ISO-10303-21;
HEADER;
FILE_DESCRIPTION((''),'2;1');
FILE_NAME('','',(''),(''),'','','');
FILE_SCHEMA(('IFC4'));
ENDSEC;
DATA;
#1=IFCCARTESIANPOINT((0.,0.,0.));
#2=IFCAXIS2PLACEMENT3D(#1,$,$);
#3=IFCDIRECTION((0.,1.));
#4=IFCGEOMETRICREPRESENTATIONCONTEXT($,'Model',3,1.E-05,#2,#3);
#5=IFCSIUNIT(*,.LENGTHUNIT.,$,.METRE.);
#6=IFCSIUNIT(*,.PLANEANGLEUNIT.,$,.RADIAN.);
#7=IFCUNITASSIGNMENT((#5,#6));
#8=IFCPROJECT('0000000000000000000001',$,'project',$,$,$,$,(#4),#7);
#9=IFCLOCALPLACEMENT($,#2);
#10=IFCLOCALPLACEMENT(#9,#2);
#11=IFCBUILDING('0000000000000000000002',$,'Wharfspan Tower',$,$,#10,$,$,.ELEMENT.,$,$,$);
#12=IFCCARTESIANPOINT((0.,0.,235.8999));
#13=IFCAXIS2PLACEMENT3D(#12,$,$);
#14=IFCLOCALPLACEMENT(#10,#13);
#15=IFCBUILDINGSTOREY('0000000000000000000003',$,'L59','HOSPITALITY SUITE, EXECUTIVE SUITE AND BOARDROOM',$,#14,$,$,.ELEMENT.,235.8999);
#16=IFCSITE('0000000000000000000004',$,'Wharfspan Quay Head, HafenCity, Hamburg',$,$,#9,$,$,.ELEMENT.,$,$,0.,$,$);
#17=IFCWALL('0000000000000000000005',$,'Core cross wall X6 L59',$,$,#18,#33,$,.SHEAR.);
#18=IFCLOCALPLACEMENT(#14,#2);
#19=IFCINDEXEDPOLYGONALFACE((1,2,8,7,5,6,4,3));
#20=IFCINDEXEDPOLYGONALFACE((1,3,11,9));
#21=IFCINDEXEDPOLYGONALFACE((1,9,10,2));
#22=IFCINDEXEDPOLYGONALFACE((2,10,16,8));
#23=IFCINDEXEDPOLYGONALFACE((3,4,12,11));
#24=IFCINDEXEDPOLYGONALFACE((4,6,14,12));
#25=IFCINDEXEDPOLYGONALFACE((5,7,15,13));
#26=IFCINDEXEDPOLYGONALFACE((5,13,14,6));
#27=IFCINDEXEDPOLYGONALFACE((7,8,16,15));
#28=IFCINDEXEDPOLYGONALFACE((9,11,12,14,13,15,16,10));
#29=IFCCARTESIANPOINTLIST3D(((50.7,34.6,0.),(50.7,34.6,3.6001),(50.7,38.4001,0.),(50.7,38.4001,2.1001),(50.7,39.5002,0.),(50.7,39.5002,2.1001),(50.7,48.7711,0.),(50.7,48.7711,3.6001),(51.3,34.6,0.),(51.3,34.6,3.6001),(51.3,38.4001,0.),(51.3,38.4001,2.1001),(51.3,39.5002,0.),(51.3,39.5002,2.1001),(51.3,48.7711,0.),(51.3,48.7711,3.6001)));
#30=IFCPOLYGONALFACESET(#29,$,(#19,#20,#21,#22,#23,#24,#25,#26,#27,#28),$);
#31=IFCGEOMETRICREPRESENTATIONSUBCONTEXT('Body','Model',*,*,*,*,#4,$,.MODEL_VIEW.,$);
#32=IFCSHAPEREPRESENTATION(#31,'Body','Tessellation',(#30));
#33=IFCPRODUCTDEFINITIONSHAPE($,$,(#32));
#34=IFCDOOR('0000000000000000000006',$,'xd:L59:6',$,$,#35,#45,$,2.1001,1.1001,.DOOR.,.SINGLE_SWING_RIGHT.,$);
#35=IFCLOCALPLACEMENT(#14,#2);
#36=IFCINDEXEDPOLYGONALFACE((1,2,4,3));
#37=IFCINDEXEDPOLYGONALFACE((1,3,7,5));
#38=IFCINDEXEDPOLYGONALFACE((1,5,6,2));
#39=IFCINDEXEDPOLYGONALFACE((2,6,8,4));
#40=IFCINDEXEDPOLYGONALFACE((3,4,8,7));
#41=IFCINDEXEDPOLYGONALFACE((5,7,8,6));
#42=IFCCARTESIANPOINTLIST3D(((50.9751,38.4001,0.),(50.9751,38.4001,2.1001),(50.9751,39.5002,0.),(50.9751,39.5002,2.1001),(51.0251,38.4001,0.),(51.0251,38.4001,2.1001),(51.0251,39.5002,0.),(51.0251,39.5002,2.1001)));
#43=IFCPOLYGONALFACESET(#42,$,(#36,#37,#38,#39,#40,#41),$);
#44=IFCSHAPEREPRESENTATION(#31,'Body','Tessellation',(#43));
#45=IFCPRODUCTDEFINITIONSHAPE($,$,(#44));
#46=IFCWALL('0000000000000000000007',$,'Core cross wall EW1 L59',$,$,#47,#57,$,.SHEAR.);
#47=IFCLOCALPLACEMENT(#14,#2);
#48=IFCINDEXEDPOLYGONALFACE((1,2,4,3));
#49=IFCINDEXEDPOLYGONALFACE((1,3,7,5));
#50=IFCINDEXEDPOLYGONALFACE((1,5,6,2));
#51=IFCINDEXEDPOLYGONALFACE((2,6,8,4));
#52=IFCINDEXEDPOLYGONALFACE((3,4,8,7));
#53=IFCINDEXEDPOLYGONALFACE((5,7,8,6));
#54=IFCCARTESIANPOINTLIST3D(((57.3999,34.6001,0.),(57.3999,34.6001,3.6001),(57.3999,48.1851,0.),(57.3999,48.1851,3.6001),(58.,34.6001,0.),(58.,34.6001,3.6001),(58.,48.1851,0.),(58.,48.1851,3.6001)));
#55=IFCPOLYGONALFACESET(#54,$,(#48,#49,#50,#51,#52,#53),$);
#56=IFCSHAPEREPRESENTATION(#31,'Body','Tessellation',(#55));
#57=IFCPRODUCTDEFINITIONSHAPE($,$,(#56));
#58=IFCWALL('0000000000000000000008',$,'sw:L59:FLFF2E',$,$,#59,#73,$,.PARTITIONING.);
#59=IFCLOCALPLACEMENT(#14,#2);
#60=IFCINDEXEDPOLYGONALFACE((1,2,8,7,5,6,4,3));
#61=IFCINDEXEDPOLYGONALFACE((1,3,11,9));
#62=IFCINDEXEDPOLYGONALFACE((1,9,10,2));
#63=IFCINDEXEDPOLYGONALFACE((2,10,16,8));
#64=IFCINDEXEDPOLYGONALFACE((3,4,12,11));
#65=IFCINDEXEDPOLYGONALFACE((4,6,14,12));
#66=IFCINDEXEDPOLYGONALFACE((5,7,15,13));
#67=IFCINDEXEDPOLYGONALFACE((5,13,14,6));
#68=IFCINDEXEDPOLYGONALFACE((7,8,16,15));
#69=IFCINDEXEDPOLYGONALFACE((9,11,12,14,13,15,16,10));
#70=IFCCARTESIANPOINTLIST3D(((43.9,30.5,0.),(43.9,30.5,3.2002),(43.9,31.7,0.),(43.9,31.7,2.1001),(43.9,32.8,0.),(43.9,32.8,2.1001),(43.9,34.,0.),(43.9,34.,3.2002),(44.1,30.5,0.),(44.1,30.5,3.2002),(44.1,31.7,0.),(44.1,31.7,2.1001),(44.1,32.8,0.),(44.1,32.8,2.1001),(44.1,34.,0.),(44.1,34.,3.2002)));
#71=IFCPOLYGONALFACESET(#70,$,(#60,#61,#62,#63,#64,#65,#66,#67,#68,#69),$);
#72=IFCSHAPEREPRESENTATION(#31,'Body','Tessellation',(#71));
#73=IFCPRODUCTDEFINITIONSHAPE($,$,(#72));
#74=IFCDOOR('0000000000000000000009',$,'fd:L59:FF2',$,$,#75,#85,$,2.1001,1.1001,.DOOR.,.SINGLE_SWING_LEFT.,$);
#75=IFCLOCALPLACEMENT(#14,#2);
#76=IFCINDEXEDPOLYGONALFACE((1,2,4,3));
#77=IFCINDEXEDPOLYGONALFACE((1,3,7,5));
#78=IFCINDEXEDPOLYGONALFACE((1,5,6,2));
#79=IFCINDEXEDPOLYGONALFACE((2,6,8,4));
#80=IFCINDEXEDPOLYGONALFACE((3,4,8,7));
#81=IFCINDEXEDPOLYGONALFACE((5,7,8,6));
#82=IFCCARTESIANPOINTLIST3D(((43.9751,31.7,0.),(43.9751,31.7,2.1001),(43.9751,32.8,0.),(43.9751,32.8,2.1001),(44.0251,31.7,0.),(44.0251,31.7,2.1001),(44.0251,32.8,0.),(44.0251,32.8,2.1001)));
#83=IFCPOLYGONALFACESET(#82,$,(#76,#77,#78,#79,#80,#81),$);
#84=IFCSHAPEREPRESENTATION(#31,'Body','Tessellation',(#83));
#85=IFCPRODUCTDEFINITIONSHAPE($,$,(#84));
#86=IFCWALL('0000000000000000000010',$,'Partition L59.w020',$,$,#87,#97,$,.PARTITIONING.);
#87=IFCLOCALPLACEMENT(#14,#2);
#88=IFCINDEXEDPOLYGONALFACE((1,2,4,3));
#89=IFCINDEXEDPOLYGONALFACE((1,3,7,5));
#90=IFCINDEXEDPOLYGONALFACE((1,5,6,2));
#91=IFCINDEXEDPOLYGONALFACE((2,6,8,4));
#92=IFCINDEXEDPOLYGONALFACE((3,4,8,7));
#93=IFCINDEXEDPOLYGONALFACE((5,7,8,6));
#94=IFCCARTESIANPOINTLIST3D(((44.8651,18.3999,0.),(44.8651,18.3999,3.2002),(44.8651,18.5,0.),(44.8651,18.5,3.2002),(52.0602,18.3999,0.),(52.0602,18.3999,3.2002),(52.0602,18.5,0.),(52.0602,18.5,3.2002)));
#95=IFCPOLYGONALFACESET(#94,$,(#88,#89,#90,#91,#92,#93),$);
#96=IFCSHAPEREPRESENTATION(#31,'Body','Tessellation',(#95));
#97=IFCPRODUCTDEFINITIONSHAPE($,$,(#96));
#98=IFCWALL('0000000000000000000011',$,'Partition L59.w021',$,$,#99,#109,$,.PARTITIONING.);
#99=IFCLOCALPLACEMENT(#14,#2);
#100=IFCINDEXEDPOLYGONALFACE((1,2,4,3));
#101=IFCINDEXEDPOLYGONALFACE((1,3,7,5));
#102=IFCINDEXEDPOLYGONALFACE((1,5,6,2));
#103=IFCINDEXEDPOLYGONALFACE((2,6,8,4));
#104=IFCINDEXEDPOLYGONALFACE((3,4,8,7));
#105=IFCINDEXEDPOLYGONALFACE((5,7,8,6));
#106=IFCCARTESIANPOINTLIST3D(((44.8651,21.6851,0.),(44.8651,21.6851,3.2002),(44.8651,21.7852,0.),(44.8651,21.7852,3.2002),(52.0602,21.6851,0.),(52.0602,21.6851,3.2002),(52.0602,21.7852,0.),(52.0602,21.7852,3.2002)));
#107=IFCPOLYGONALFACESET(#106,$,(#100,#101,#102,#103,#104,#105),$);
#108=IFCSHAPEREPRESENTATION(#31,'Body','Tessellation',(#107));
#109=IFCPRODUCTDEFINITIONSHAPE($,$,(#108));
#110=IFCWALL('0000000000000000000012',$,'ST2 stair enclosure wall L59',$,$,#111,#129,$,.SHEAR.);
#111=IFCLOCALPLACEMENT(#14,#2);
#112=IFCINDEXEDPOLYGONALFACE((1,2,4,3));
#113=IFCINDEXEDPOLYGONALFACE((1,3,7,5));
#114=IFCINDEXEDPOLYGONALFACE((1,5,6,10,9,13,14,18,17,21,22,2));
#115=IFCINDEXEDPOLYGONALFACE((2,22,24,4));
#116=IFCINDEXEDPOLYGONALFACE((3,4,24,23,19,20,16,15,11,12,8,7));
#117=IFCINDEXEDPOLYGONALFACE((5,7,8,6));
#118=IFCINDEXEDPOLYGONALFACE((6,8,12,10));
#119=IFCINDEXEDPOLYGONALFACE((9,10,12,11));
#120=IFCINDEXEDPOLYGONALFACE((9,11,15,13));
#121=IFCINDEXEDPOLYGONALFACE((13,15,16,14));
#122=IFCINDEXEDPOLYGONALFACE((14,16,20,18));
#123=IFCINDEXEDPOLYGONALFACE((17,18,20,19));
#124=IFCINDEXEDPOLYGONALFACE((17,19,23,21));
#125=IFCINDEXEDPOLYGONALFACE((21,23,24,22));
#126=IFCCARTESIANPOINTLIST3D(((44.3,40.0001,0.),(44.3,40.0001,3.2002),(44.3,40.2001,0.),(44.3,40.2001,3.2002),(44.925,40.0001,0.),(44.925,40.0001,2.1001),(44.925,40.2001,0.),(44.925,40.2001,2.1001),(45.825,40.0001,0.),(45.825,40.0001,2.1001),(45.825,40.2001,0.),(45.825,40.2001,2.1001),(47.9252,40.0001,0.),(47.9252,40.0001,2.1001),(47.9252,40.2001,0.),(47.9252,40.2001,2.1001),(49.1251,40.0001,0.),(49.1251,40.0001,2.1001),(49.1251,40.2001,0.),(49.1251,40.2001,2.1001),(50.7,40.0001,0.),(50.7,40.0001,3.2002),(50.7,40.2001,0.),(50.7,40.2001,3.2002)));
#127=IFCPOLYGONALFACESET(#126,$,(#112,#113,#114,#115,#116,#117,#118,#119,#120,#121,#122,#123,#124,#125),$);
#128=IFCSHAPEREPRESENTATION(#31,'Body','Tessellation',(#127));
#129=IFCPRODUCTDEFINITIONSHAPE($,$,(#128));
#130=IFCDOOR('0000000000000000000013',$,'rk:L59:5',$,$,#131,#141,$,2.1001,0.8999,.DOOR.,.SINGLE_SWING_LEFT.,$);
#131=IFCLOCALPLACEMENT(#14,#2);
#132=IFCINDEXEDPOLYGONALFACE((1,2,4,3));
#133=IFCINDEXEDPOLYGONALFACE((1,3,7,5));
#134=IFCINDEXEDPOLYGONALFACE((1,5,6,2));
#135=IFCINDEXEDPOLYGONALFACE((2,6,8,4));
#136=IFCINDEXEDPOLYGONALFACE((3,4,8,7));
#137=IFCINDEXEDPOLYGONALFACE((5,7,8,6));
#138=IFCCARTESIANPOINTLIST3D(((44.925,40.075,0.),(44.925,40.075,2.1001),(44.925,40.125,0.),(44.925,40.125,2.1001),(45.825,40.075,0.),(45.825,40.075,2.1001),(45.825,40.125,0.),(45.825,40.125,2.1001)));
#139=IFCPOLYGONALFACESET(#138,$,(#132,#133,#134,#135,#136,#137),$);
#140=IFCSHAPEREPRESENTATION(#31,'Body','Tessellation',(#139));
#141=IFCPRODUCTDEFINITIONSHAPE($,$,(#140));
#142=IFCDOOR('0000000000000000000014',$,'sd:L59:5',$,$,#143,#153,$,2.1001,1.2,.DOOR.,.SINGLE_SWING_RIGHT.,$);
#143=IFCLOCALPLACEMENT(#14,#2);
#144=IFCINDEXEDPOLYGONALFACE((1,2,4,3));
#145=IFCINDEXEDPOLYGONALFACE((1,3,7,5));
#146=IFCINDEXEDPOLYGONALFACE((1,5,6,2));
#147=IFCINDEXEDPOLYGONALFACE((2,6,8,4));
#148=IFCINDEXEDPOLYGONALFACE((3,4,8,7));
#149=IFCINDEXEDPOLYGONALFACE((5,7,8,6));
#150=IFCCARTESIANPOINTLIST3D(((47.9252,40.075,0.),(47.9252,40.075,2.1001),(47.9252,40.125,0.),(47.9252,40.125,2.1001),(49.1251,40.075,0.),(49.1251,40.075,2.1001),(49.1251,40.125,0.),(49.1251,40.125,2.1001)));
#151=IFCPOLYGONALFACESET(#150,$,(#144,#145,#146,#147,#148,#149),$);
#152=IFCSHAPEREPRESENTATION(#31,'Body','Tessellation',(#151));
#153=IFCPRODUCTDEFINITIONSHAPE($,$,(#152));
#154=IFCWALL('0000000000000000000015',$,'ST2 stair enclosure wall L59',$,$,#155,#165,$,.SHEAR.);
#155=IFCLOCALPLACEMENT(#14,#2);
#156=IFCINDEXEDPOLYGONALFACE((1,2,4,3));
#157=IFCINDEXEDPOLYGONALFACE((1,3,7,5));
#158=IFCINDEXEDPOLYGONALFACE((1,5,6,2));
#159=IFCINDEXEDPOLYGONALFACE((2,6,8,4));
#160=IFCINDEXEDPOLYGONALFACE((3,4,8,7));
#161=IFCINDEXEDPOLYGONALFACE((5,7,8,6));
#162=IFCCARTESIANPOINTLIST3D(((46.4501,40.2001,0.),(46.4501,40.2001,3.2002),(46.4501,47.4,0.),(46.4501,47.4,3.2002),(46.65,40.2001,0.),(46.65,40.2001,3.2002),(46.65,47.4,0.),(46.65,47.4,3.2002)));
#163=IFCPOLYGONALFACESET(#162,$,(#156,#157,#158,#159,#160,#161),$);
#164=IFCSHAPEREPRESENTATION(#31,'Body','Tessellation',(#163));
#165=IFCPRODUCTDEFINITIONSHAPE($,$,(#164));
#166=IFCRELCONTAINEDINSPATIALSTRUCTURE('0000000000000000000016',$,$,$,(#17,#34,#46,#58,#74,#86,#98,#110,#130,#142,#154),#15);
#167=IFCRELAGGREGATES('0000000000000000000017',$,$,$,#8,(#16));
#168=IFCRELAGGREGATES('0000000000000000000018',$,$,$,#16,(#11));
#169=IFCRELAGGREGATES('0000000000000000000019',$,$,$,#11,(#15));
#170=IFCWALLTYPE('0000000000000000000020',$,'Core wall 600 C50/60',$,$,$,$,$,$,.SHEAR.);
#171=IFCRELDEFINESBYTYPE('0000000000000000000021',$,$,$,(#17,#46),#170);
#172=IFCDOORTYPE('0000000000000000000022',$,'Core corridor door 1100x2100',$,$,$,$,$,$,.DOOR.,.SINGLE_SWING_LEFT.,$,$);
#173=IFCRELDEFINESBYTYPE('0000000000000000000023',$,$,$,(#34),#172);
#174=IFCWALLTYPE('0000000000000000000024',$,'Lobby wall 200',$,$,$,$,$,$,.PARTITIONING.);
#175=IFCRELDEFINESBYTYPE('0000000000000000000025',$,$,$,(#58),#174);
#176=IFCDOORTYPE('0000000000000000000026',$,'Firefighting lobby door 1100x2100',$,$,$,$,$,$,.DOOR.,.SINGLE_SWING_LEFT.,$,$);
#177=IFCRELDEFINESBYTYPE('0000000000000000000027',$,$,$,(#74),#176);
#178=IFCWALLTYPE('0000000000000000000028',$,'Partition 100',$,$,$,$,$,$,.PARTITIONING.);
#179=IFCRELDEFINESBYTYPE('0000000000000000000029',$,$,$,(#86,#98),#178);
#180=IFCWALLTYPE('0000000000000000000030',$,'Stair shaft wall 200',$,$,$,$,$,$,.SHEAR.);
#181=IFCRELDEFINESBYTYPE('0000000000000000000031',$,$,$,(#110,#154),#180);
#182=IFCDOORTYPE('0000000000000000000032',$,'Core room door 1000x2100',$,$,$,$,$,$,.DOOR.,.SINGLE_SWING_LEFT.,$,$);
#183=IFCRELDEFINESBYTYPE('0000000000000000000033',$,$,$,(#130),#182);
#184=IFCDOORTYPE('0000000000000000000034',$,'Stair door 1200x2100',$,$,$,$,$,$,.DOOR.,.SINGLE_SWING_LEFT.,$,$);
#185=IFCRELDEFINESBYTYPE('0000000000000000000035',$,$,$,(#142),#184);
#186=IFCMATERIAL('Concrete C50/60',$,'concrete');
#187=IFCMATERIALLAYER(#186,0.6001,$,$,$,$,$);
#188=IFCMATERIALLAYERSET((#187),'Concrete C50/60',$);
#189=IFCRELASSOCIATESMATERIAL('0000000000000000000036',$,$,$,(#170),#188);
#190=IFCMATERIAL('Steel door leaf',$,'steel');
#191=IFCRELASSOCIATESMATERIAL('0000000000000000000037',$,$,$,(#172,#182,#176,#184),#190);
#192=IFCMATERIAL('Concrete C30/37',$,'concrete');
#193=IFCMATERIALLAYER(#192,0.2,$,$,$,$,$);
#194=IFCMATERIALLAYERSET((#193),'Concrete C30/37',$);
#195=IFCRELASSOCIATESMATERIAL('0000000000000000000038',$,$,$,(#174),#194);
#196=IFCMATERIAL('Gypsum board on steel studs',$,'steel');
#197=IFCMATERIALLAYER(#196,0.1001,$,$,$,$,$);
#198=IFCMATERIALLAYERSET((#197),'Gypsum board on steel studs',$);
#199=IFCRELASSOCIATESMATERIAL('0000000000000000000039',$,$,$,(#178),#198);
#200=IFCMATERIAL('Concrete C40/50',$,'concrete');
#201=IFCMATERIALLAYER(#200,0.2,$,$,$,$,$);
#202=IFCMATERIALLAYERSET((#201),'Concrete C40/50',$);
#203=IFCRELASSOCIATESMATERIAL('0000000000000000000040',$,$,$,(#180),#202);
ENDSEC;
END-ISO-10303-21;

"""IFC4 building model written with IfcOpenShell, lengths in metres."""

from ifc_helpers import new_model, si_unit, direction, frame, frame_2d, origin, place, context, subcontext, project, spatial, rectangle, extrude, material, layer, layer_set, type_object, element, fill, save


model = new_model("IFC4")

# Units and contexts
model_context = context("Model", 3, precision=1e-05, world=origin(), true_north=direction((0.0, 1.0)))
body_context = subcontext(model_context, "Body", "Model", "MODEL_VIEW")
ifc_project = project(units=[si_unit("LENGTHUNIT", "METRE"), si_unit("PLANEANGLEUNIT", "RADIAN")], contexts=[model_context])

# Site, building, storey
site_placement = place(None, origin())
site = spatial("IfcSite", under=ifc_project, at=site_placement, Name="Wharfspan Quay Head, HafenCity, Hamburg", CompositionType="ELEMENT", RefElevation=0.0)
building_placement = place(site_placement, origin())
building = spatial("IfcBuilding", under=site, at=building_placement, Name="Wharfspan Tower", CompositionType="ELEMENT")
storey_placement = place(building_placement, frame((0.0, 0.0, 235.8999)))
storey = spatial("IfcBuildingStorey", under=building, at=storey_placement, Name="L59", Description="HOSPITALITY SUITE, EXECUTIVE SUITE AND BOARDROOM", CompositionType="ELEMENT", Elevation=235.8999)

# Shared definitions
ifc_material_1 = material(Name="Gypsum board on steel studs", Category="steel")

# Shared definitions
ifc_material_2 = material(Name="Concrete C50/60", Category="concrete")
ifc_layer_1 = layer(ifc_material_2, 0.6001)
ifc_layer_set_1 = layer_set([ifc_layer_1], Name="Concrete C50/60")
wall_type_1 = type_object("IfcWallType", Name="Core wall 600 C50/60", PredefinedType="SHEAR", material=ifc_layer_set_1)
ifc_material_3 = material(Name="Steel door leaf", Category="steel")
door_type_1 = type_object("IfcDoorType", Name="Core corridor door 1100x2100", OperationType="SINGLE_SWING_LEFT", PredefinedType="DOOR", material=ifc_material_3)
door_type_2 = type_object("IfcDoorType", Name="Core room door 1000x2100", OperationType="SINGLE_SWING_LEFT", PredefinedType="DOOR", material=ifc_material_3)

# Wall, opening, door
wall_1_placement = place(storey_placement, frame((51.0, 34.6001, 0.0), z_axis=(0.0, 0.0, 1.0), x_axis=(0.0, 1.0, 0.0)))
wall_1 = element("IfcWall", 1, at=wall_1_placement, inside=storey, type_object=wall_type_1, Name="Core cross wall X6 L59", PredefinedType="SHEAR", context=body_context, shape_type="SweptSolid", body=[
    extrude(rectangle(XDim=14.1711, YDim=0.6001, at=frame_2d((7.0854, 0.0))), origin(), (0.0, 0.0, 1.0), 3.6001),
])
opening_1_placement = place(wall_1_placement, frame((3.8, 0.0, 0.0)))
opening_1 = element("IfcOpeningElement", 2, at=opening_1_placement, cuts=wall_1, PredefinedType="OPENING", context=body_context, shape_type="SweptSolid", body=[
    extrude(rectangle(XDim=1.1001, YDim=2.1001, at=frame_2d((0.55, 1.05))), frame((0.0, 0.3101, 0.0), z_axis=(0.0, -1.0, 0.0), x_axis=(1.0, 0.0, 0.0)), (0.0, 0.0, 1.0), 0.6201),
])
door_1_placement = place(opening_1_placement, origin())
door_1 = element("IfcDoor", 3, at=door_1_placement, inside=storey, type_object=door_type_1, Name="xd:L59:6", OperationType="SINGLE_SWING_RIGHT", OverallHeight=2.1001, OverallWidth=1.1001, PredefinedType="DOOR", context=body_context, shape_type="SweptSolid", body=[
    extrude(rectangle(XDim=1.1001, YDim=2.1001, at=frame_2d((0.55, 1.05))), frame((0.0, 0.0249, 0.0), z_axis=(0.0, -1.0, 0.0), x_axis=(1.0, 0.0, 0.0)), (0.0, 0.0, 1.0), 0.05),
])
fill(opening_1, door_1)

# Wall
wall_2_placement = place(storey_placement, frame((57.7, 34.6001, 0.0), z_axis=(0.0, 0.0, 1.0), x_axis=(0.0, 1.0, 0.0)))
element("IfcWall", 4, at=wall_2_placement, inside=storey, type_object=wall_type_1, Name="Core cross wall EW1 L59", PredefinedType="SHEAR", context=body_context, shape_type="SweptSolid", body=[
    extrude(rectangle(XDim=13.585, YDim=0.6001, at=frame_2d((6.7925, 0.0))), origin(), (0.0, 0.0, 1.0), 3.6001),
])

# Wall, opening, door
ifc_material_4 = material(Name="Concrete C30/37", Category="concrete")
ifc_layer_2 = layer(ifc_material_4, 0.2)
ifc_layer_set_2 = layer_set([ifc_layer_2], Name="Concrete C30/37")
wall_type_2 = type_object("IfcWallType", Name="Lobby wall 200", PredefinedType="PARTITIONING", material=ifc_layer_set_2)
wall_3_placement = place(storey_placement, frame((44.0, 30.5, 0.0), z_axis=(0.0, 0.0, 1.0), x_axis=(0.0, 1.0, 0.0)))
wall_3 = element("IfcWall", 5, at=wall_3_placement, inside=storey, type_object=wall_type_2, Name="sw:L59:FLFF2E", PredefinedType="PARTITIONING", context=body_context, shape_type="SweptSolid", body=[
    extrude(rectangle(XDim=3.5, YDim=0.2, at=frame_2d((1.75, 0.0))), origin(), (0.0, 0.0, 1.0), 3.2002),
])
opening_2_placement = place(wall_3_placement, frame((1.2, 0.0, 0.0)))
opening_2 = element("IfcOpeningElement", 6, at=opening_2_placement, cuts=wall_3, PredefinedType="OPENING", context=body_context, shape_type="SweptSolid", body=[
    extrude(rectangle(XDim=1.1001, YDim=2.1001, at=frame_2d((0.55, 1.05))), frame((0.0, 0.1099, 0.0), z_axis=(0.0, -1.0, 0.0), x_axis=(1.0, 0.0, 0.0)), (0.0, 0.0, 1.0), 0.22),
])
door_type_3 = type_object("IfcDoorType", Name="Firefighting lobby door 1100x2100", OperationType="SINGLE_SWING_LEFT", PredefinedType="DOOR", material=ifc_material_3)
door_2_placement = place(opening_2_placement, origin())
door_2 = element("IfcDoor", 7, at=door_2_placement, inside=storey, type_object=door_type_3, Name="fd:L59:FF2", OperationType="SINGLE_SWING_LEFT", OverallHeight=2.1001, OverallWidth=1.1001, PredefinedType="DOOR", context=body_context, shape_type="SweptSolid", body=[
    extrude(rectangle(XDim=1.1001, YDim=2.1001, at=frame_2d((0.55, 1.05))), frame((0.0, 0.0249, 0.0), z_axis=(0.0, -1.0, 0.0), x_axis=(1.0, 0.0, 0.0)), (0.0, 0.0, 1.0), 0.05),
])
fill(opening_2, door_2)

# Walls
ifc_layer_3 = layer(ifc_material_1, 0.1001)
ifc_layer_set_3 = layer_set([ifc_layer_3], Name="Gypsum board on steel studs")
wall_type_3 = type_object("IfcWallType", Name="Partition 100", PredefinedType="PARTITIONING", material=ifc_layer_set_3)
for number, where, z_axis, x_axis, name in (
    (8, (44.865, 18.45, 0.0), (0.0, 0.0, 1.0), (1.0, 0.0, 0.0), "Partition L59.w020"),
    (9, (44.865, 21.7351, 0.0), (0.0, 0.0, 1.0), (1.0, 0.0, 0.0), "Partition L59.w021"),
):
    element("IfcWall", number, at=place(storey_placement, frame(where, z_axis=z_axis, x_axis=x_axis)), inside=storey, type_object=wall_type_3, Name=name, PredefinedType="PARTITIONING", context=body_context, shape_type="SweptSolid", body=[
        extrude(rectangle(XDim=7.1951, YDim=0.1001, at=frame_2d((3.5977, 0.0))), origin(), (0.0, 0.0, 1.0), 3.2002),
    ])

# Wall, openings, doors
ifc_material_5 = material(Name="Concrete C40/50", Category="concrete")
ifc_layer_4 = layer(ifc_material_5, 0.2)
ifc_layer_set_4 = layer_set([ifc_layer_4], Name="Concrete C40/50")
wall_type_4 = type_object("IfcWallType", Name="Stair shaft wall 200", PredefinedType="SHEAR", material=ifc_layer_set_4)
wall_4_placement = place(storey_placement, frame((44.3, 40.1001, 0.0), z_axis=(0.0, 0.0, 1.0), x_axis=(1.0, 0.0, 0.0)))
wall_4 = element("IfcWall", 10, at=wall_4_placement, inside=storey, type_object=wall_type_4, Name="ST2 stair enclosure wall L59", PredefinedType="SHEAR", context=body_context, shape_type="SweptSolid", body=[
    extrude(rectangle(XDim=6.3999, YDim=0.2, at=frame_2d((3.2, 0.0))), origin(), (0.0, 0.0, 1.0), 3.2002),
])
opening_3_placement = place(wall_4_placement, frame((3.625, 0.0, 0.0)))
opening_3 = element("IfcOpeningElement", 11, at=opening_3_placement, cuts=wall_4, PredefinedType="OPENING", context=body_context, shape_type="SweptSolid", body=[
    extrude(rectangle(XDim=1.2, YDim=2.1001, at=frame_2d((0.6001, 1.05))), frame((0.0, 0.1099, 0.0), z_axis=(0.0, -1.0, 0.0), x_axis=(1.0, 0.0, 0.0)), (0.0, 0.0, 1.0), 0.22),
])
opening_4_placement = place(wall_4_placement, frame((0.625, 0.0, 0.0)))
opening_4 = element("IfcOpeningElement", 12, at=opening_4_placement, cuts=wall_4, PredefinedType="OPENING", context=body_context, shape_type="SweptSolid", body=[
    extrude(rectangle(XDim=0.8999, YDim=2.1001, at=frame_2d((0.45, 1.05))), frame((0.0, 0.1099, 0.0), z_axis=(0.0, -1.0, 0.0), x_axis=(1.0, 0.0, 0.0)), (0.0, 0.0, 1.0), 0.22),
])
door_3_placement = place(opening_4_placement, origin())
door_3 = element("IfcDoor", 13, at=door_3_placement, inside=storey, type_object=door_type_2, Name="rk:L59:5", OperationType="SINGLE_SWING_LEFT", OverallHeight=2.1001, OverallWidth=0.8999, PredefinedType="DOOR", context=body_context, shape_type="SweptSolid", body=[
    extrude(rectangle(XDim=0.8999, YDim=2.1001, at=frame_2d((0.45, 1.05))), frame((0.0, 0.0249, 0.0), z_axis=(0.0, -1.0, 0.0), x_axis=(1.0, 0.0, 0.0)), (0.0, 0.0, 1.0), 0.05),
])
fill(opening_4, door_3)
door_type_4 = type_object("IfcDoorType", Name="Stair door 1200x2100", OperationType="SINGLE_SWING_LEFT", PredefinedType="DOOR", material=ifc_material_3)
door_4_placement = place(opening_3_placement, origin())
door_4 = element("IfcDoor", 14, at=door_4_placement, inside=storey, type_object=door_type_4, Name="sd:L59:5", OperationType="SINGLE_SWING_RIGHT", OverallHeight=2.1001, OverallWidth=1.2, PredefinedType="DOOR", context=body_context, shape_type="SweptSolid", body=[
    extrude(rectangle(XDim=1.2, YDim=2.1001, at=frame_2d((0.6001, 1.05))), frame((0.0, 0.0249, 0.0), z_axis=(0.0, -1.0, 0.0), x_axis=(1.0, 0.0, 0.0)), (0.0, 0.0, 1.0), 0.05),
])
fill(opening_3, door_4)

# Wall
wall_5_placement = place(storey_placement, frame((46.55, 40.2, 0.0), z_axis=(0.0, 0.0, 1.0), x_axis=(0.0, 1.0, 0.0)))
element("IfcWall", 15, at=wall_5_placement, inside=storey, type_object=wall_type_4, Name="ST2 stair enclosure wall L59", PredefinedType="SHEAR", context=body_context, shape_type="SweptSolid", body=[
    extrude(rectangle(XDim=7.2, YDim=0.2, at=frame_2d((3.6001, 0.0))), origin(), (0.0, 0.0, 1.0), 3.2002),
])

save(model, "model.ifc")
